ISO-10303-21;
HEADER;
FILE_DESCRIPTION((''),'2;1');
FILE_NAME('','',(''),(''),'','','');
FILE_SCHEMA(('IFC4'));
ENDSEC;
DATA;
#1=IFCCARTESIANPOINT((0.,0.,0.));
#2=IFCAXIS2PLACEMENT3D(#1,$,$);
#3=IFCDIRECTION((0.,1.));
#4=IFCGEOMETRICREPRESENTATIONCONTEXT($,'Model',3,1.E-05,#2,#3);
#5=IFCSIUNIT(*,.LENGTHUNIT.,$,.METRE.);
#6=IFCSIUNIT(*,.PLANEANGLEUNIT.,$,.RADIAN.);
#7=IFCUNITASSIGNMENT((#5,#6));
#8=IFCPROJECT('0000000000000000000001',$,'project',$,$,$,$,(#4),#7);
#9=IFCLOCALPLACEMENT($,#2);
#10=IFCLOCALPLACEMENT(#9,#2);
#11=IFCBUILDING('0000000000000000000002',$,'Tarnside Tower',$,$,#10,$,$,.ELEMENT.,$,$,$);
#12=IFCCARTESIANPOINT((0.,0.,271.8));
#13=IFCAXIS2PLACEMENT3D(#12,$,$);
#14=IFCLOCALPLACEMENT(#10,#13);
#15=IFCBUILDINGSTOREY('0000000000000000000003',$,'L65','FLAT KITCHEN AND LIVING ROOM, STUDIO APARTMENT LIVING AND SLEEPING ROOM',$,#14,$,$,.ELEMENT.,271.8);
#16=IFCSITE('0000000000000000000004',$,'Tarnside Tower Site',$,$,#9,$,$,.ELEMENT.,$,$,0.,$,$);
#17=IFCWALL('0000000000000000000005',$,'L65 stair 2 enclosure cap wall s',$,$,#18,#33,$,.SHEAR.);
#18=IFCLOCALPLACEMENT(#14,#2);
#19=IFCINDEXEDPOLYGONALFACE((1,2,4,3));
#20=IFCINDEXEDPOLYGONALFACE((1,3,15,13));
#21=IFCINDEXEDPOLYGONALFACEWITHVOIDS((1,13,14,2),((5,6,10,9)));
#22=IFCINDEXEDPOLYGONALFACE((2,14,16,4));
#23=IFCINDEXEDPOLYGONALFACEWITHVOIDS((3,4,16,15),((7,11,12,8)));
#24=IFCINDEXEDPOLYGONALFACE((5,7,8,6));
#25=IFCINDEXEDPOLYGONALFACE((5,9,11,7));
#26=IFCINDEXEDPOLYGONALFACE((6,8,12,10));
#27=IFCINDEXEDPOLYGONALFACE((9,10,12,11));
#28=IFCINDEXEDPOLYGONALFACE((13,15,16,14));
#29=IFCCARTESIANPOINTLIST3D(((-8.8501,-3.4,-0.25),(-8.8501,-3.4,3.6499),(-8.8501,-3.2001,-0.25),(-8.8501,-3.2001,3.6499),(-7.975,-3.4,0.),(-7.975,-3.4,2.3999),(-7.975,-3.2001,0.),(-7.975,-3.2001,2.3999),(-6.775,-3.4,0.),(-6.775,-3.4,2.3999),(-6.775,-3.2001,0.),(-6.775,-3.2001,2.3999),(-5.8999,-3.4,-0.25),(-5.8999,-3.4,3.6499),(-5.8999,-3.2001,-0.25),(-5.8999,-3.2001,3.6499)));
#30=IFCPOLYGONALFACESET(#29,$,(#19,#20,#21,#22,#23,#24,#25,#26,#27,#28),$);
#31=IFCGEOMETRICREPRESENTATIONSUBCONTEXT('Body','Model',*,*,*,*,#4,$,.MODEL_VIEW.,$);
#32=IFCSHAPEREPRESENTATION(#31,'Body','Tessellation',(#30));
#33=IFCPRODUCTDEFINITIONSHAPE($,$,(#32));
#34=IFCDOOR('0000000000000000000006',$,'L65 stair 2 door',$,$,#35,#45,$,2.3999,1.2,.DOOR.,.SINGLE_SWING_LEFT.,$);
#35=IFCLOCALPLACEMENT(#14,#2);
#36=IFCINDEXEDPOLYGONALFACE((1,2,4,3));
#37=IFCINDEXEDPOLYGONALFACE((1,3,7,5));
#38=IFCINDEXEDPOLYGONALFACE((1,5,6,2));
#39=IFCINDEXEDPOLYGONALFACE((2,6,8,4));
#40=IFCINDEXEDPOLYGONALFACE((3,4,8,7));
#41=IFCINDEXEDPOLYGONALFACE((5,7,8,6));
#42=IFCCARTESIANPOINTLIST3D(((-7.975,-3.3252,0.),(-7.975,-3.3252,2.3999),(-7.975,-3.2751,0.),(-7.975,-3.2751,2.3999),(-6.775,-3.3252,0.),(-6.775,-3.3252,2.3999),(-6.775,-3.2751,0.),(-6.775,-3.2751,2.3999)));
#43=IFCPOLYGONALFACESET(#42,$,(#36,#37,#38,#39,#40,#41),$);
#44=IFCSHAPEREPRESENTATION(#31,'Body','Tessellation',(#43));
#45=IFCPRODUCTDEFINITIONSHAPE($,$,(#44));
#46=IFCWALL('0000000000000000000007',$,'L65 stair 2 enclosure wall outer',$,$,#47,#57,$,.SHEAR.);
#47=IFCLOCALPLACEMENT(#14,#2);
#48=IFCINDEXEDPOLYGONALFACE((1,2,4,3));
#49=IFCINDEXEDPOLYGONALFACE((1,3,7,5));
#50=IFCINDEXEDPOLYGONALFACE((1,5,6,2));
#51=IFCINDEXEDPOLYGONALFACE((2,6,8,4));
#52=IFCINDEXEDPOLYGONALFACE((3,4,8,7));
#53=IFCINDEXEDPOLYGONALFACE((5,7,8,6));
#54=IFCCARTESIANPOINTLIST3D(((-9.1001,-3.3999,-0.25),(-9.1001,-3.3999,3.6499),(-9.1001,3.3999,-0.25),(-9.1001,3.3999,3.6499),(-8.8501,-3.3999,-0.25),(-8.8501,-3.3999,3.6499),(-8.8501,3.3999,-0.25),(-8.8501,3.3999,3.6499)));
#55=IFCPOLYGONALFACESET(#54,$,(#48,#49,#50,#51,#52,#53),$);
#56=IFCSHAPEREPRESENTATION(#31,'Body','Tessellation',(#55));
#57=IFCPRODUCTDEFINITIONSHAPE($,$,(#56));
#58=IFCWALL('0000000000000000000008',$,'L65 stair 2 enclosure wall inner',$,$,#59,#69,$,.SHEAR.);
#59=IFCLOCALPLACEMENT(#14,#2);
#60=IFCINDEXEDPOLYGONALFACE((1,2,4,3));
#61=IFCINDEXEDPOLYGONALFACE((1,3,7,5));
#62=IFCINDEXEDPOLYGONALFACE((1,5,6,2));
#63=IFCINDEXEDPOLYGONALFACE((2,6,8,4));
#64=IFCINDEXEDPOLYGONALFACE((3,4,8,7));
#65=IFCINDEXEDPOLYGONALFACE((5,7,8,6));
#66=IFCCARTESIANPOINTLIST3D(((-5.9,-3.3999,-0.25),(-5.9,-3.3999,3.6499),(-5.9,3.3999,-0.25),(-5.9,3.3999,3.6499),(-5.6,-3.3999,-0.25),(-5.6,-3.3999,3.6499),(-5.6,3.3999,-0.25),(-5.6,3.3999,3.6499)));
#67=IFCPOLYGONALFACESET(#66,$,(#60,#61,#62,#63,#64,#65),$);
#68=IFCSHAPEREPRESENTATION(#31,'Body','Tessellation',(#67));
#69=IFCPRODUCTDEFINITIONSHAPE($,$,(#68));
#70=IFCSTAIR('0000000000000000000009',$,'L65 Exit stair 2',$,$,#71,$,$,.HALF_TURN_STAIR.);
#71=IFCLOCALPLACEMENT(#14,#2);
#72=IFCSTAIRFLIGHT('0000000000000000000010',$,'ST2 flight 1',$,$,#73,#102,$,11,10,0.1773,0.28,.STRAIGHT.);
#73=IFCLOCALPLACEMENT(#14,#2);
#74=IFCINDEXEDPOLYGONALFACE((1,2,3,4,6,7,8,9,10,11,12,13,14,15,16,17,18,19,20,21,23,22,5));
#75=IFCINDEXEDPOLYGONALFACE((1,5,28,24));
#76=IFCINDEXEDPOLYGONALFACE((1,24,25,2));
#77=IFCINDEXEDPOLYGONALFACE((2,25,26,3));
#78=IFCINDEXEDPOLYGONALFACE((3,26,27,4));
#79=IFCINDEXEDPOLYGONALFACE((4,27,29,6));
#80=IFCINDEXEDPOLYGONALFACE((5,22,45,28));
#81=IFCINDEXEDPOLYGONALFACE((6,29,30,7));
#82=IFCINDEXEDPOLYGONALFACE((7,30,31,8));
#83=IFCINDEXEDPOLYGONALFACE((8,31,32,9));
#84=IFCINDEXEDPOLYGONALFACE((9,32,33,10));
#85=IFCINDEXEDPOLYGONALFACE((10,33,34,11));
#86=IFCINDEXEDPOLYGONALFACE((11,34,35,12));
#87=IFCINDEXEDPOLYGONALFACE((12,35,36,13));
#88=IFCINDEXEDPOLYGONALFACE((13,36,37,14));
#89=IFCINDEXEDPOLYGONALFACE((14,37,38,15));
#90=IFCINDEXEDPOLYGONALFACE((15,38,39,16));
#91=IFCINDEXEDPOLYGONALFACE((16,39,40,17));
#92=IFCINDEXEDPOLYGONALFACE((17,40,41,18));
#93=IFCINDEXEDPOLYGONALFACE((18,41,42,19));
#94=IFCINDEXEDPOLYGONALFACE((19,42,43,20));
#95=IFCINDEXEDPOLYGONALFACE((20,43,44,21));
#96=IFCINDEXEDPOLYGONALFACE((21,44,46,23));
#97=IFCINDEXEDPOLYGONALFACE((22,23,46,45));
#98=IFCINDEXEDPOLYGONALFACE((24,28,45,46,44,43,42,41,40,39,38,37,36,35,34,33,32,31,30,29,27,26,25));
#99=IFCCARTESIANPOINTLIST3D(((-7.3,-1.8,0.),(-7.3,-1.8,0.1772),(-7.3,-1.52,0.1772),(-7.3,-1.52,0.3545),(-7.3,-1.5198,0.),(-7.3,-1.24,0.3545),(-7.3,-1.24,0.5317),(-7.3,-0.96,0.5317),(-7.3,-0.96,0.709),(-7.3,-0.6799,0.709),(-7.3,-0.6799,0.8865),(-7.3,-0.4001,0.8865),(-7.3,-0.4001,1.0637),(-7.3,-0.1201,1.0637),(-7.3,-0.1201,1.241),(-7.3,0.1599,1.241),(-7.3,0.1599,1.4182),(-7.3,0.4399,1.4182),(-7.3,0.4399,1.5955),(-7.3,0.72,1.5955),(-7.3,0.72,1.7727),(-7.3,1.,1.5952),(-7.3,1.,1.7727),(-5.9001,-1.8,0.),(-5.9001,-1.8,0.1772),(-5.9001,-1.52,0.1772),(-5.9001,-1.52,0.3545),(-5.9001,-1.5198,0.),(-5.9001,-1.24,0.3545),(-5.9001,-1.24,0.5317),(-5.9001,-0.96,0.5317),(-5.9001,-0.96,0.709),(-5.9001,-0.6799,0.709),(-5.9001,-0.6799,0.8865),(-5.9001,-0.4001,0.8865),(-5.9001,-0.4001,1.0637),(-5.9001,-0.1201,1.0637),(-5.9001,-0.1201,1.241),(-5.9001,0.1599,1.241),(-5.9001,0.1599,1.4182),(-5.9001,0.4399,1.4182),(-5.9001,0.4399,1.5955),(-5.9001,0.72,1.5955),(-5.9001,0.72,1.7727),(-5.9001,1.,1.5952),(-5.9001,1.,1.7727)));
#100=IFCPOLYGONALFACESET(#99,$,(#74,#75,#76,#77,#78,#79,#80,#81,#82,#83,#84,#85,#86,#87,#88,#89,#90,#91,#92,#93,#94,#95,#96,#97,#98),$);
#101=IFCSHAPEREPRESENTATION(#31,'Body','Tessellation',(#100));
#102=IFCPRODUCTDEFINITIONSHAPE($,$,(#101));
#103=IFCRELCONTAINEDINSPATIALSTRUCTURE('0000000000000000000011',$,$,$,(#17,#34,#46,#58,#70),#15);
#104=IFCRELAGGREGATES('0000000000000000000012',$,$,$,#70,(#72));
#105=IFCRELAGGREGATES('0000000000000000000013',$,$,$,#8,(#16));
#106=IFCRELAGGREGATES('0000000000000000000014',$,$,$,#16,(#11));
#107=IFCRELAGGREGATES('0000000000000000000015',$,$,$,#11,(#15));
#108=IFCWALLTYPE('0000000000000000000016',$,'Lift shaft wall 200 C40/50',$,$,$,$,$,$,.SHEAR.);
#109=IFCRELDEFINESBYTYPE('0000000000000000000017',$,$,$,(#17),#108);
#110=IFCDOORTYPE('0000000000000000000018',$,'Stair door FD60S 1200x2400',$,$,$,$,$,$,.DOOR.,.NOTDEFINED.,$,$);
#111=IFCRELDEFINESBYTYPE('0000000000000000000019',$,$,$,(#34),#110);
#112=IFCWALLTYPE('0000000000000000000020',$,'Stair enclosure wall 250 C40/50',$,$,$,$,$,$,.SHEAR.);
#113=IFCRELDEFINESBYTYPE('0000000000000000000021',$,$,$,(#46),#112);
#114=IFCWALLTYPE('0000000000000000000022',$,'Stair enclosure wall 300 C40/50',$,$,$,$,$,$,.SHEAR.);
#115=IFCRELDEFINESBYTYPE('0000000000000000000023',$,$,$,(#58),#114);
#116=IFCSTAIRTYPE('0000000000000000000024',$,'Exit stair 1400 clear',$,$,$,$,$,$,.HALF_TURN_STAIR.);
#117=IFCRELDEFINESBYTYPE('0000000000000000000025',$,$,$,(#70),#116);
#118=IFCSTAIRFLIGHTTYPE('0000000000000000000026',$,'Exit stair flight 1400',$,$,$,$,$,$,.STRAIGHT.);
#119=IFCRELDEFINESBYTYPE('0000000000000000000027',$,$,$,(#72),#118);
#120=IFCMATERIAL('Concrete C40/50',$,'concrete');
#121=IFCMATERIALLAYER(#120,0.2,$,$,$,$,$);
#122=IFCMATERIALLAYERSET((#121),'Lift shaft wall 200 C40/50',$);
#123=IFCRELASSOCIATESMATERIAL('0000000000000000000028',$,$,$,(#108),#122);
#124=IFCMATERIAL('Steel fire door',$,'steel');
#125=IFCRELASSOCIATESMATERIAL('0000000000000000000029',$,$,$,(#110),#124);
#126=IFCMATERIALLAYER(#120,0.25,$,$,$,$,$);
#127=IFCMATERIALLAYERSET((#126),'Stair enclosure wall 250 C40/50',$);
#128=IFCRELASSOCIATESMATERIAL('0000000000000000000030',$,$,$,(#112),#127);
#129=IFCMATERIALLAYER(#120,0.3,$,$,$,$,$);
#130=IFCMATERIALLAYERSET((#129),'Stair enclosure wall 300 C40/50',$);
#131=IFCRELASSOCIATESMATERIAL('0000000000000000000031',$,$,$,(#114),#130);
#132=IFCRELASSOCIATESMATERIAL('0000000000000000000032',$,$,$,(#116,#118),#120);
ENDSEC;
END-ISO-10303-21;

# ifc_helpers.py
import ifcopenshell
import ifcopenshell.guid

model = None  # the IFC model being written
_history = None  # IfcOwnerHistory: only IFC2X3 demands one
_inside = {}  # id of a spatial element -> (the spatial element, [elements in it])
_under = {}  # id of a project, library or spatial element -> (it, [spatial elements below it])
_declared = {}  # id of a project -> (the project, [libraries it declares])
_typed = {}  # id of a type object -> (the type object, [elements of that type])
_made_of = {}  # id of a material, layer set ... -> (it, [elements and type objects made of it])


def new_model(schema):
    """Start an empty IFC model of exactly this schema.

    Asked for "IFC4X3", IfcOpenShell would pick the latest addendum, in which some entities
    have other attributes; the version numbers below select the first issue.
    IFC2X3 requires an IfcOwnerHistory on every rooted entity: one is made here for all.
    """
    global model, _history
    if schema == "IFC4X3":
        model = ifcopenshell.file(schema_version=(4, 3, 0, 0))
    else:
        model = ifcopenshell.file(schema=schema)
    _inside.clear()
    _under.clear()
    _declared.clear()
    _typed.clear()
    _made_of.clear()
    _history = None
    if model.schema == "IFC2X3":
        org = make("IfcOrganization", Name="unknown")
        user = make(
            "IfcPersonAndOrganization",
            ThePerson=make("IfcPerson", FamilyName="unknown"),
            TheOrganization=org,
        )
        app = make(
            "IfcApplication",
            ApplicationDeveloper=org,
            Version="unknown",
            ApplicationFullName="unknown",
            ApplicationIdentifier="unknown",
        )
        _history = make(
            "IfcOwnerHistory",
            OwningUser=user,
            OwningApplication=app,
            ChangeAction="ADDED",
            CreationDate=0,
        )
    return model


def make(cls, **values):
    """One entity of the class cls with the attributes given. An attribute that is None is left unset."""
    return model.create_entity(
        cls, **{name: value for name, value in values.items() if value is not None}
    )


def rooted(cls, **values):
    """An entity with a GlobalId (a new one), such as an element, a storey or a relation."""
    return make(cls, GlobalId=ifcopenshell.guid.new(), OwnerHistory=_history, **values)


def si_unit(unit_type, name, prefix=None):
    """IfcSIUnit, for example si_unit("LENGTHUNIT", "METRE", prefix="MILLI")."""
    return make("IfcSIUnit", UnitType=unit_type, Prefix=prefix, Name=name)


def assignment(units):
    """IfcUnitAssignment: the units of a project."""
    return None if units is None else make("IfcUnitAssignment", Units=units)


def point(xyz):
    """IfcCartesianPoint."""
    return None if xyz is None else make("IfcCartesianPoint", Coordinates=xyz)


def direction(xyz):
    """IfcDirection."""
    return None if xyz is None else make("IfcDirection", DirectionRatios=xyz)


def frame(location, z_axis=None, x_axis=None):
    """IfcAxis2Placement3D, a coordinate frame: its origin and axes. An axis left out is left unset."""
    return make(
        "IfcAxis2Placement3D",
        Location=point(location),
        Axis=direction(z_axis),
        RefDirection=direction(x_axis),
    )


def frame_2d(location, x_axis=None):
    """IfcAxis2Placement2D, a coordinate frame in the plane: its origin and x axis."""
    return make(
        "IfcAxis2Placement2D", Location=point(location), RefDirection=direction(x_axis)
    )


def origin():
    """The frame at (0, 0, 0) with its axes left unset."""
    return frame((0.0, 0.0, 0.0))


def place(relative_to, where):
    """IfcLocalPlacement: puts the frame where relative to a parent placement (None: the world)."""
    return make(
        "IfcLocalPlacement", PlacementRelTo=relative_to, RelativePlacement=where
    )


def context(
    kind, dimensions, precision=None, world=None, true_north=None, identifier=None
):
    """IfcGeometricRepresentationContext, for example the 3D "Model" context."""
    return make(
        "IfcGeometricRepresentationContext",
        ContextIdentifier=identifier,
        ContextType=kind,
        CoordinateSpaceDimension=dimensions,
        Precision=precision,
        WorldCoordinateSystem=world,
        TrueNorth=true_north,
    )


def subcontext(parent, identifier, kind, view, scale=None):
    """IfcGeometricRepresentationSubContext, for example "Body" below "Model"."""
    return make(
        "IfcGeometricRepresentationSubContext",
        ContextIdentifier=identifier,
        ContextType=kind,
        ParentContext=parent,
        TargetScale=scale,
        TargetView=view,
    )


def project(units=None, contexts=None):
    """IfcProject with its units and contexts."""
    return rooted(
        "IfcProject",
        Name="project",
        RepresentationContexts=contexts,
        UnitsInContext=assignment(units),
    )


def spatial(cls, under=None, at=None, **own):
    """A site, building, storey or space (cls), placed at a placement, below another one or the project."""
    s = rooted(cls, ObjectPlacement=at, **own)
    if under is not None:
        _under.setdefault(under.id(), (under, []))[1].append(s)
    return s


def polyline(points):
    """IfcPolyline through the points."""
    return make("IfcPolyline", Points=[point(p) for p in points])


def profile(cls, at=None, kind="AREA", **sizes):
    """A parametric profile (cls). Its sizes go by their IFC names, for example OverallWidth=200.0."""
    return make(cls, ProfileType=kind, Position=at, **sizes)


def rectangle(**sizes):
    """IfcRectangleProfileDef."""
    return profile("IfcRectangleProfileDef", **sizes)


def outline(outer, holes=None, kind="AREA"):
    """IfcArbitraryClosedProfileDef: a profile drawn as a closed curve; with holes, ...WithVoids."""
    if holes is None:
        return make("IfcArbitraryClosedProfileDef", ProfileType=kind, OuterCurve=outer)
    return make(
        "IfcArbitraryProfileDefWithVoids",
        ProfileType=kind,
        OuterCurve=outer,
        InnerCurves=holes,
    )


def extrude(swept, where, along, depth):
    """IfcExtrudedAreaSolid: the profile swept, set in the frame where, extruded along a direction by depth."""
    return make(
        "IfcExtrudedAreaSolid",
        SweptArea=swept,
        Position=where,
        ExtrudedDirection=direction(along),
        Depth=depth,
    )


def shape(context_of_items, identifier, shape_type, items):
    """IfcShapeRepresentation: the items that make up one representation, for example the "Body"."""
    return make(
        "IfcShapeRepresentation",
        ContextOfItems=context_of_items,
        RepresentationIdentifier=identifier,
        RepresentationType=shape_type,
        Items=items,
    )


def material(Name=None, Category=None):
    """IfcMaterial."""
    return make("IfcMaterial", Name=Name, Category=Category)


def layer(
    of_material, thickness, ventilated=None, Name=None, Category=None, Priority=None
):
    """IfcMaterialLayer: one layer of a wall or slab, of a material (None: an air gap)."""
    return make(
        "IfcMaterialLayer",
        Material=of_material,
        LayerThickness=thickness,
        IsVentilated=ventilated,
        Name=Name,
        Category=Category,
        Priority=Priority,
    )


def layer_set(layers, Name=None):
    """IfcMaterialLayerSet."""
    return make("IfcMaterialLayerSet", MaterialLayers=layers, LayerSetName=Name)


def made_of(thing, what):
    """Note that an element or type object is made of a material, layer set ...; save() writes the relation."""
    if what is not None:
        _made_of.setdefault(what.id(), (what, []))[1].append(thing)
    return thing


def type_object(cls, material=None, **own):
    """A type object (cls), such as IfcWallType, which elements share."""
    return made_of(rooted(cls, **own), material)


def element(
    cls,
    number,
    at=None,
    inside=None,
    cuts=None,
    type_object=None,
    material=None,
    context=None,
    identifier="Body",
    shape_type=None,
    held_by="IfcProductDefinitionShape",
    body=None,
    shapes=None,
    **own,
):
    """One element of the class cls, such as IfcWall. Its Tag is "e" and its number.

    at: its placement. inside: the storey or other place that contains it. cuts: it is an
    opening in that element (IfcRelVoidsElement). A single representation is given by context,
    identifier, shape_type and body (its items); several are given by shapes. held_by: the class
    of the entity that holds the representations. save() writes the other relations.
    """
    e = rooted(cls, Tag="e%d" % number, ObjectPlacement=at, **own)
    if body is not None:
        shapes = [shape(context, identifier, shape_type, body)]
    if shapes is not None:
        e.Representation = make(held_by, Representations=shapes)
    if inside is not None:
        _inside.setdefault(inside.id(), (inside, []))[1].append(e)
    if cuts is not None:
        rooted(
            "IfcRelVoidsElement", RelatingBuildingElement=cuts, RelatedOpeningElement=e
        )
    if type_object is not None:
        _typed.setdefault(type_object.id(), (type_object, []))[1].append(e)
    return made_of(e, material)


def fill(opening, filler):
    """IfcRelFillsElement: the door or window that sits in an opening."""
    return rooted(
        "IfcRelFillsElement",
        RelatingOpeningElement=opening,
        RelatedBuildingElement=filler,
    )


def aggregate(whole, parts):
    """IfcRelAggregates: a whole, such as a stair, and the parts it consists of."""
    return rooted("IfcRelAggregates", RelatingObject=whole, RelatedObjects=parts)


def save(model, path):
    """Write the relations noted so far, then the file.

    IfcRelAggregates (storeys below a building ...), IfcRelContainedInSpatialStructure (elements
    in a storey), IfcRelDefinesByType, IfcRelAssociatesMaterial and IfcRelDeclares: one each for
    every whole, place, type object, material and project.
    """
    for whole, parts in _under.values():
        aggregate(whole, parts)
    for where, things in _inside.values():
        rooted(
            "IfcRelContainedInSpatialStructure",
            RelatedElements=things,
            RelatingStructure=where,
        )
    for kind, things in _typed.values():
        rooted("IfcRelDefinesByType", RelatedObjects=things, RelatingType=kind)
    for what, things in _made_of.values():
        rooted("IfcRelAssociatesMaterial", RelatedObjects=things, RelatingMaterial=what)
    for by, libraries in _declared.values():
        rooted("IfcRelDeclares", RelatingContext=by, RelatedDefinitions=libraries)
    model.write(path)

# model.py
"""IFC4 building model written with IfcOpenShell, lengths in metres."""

from ifc_helpers import new_model, si_unit, direction, frame, frame_2d, origin, place, context, subcontext, project, spatial, polyline, rectangle, outline, extrude, material, layer, layer_set, type_object, element, fill, aggregate, save


model = new_model("IFC4")

# Units and contexts
model_context = context("Model", 3, precision=1e-05, world=origin(), true_north=direction((0.0, 1.0)))
body_context = subcontext(model_context, "Body", "Model", "MODEL_VIEW")
ifc_project = project(units=[si_unit("LENGTHUNIT", "METRE"), si_unit("PLANEANGLEUNIT", "RADIAN")], contexts=[model_context])

# Site, building, storey
site_placement = place(None, origin())
site = spatial("IfcSite", under=ifc_project, at=site_placement, Name="Tarnside Tower Site", CompositionType="ELEMENT", RefElevation=0.0)
building_placement = place(site_placement, origin())
building = spatial("IfcBuilding", under=site, at=building_placement, Name="Tarnside Tower", CompositionType="ELEMENT")
storey_placement = place(building_placement, frame((0.0, 0.0, 271.8)))
storey = spatial("IfcBuildingStorey", under=building, at=storey_placement, Name="L65", Description="FLAT KITCHEN AND LIVING ROOM, STUDIO APARTMENT LIVING AND SLEEPING ROOM", CompositionType="ELEMENT", Elevation=271.8)

# Shared definitions
ifc_material_1 = material(Name="Concrete C40/50", Category="concrete")

# Shared definitions
ifc_material_2 = material(Name="Steel fire door", Category="steel")

# Shared definitions
ifc_layer_1 = layer(ifc_material_1, 0.2)
ifc_layer_set_1 = layer_set([ifc_layer_1], Name="Lift shaft wall 200 C40/50")
wall_type_1 = type_object("IfcWallType", Name="Lift shaft wall 200 C40/50", PredefinedType="SHEAR", material=ifc_layer_set_1)

# Wall, opening, door
wall_1_placement = place(storey_placement, frame((-8.8501, -3.3, -0.25), z_axis=(0.0, 0.0, 1.0), x_axis=(1.0, 0.0, 0.0)))
wall_1 = element("IfcWall", 1, at=wall_1_placement, inside=storey, type_object=wall_type_1, Name="L65 stair 2 enclosure cap wall s", PredefinedType="SHEAR", context=body_context, shape_type="SweptSolid", body=[
    extrude(rectangle(XDim=2.9502, YDim=0.2, at=frame_2d((1.4751, 0.0))), origin(), (0.0, 0.0, 1.0), 3.8999),
])
opening_1_placement = place(wall_1_placement, frame((0.875, 0.0, 0.25)))
opening_1 = element("IfcOpeningElement", 2, at=opening_1_placement, cuts=wall_1, PredefinedType="OPENING", context=body_context, shape_type="SweptSolid", body=[
    extrude(rectangle(XDim=1.2, YDim=2.3999, at=frame_2d((0.6001, 1.2))), frame((0.0, 0.1099, 0.0), z_axis=(0.0, -1.0, 0.0), x_axis=(1.0, 0.0, 0.0)), (0.0, 0.0, 1.0), 0.22),
])
door_type_1 = type_object("IfcDoorType", Name="Stair door FD60S 1200x2400", OperationType="NOTDEFINED", PredefinedType="DOOR", material=ifc_material_2)
door_1_placement = place(opening_1_placement, origin())
door_1 = element("IfcDoor", 3, at=door_1_placement, inside=storey, type_object=door_type_1, Name="L65 stair 2 door", OperationType="SINGLE_SWING_LEFT", OverallHeight=2.3999, OverallWidth=1.2, PredefinedType="DOOR", context=body_context, shape_type="SweptSolid", body=[
    extrude(rectangle(XDim=1.2, YDim=2.3999, at=frame_2d((0.6001, 1.2))), frame((0.0, 0.0249, 0.0), z_axis=(0.0, -1.0, 0.0), x_axis=(1.0, 0.0, 0.0)), (0.0, 0.0, 1.0), 0.05),
])
fill(opening_1, door_1)

# Walls
ifc_layer_2 = layer(ifc_material_1, 0.25)
ifc_layer_set_2 = layer_set([ifc_layer_2], Name="Stair enclosure wall 250 C40/50")
wall_type_2 = type_object("IfcWallType", Name="Stair enclosure wall 250 C40/50", PredefinedType="SHEAR", material=ifc_layer_set_2)
wall_2_placement = place(storey_placement, frame((-8.9751, -3.3999, -0.25), z_axis=(0.0, 0.0, 1.0), x_axis=(0.0, 1.0, 0.0)))
element("IfcWall", 4, at=wall_2_placement, inside=storey, type_object=wall_type_2, Name="L65 stair 2 enclosure wall outer", PredefinedType="SHEAR", context=body_context, shape_type="SweptSolid", body=[
    extrude(rectangle(XDim=6.7998, YDim=0.25, at=frame_2d((3.3999, 0.0))), origin(), (0.0, 0.0, 1.0), 3.8999),
])
ifc_layer_3 = layer(ifc_material_1, 0.3)
ifc_layer_set_3 = layer_set([ifc_layer_3], Name="Stair enclosure wall 300 C40/50")
wall_type_3 = type_object("IfcWallType", Name="Stair enclosure wall 300 C40/50", PredefinedType="SHEAR", material=ifc_layer_set_3)
wall_3_placement = place(storey_placement, frame((-5.75, -3.3999, -0.25), z_axis=(0.0, 0.0, 1.0), x_axis=(0.0, 1.0, 0.0)))
element("IfcWall", 5, at=wall_3_placement, inside=storey, type_object=wall_type_3, Name="L65 stair 2 enclosure wall inner", PredefinedType="SHEAR", context=body_context, shape_type="SweptSolid", body=[
    extrude(rectangle(XDim=6.7998, YDim=0.3, at=frame_2d((3.3999, 0.0))), origin(), (0.0, 0.0, 1.0), 3.8999),
])

# Stair, stair flight
stair_type = type_object("IfcStairType", Name="Exit stair 1400 clear", PredefinedType="HALF_TURN_STAIR", material=ifc_material_1)
stair_placement = place(storey_placement, origin())
stair = element("IfcStair", 6, at=stair_placement, inside=storey, type_object=stair_type, Name="L65 Exit stair 2", PredefinedType="HALF_TURN_STAIR")
stair_flight_type = type_object("IfcStairFlightType", Name="Exit stair flight 1400", PredefinedType="STRAIGHT", material=ifc_material_1)
stair_flight_placement = place(storey_placement, frame((-6.6001, -1.8, 0.0), z_axis=(0.0, 0.0, 1.0), x_axis=(0.0, 1.0, 0.0)))
stair_flight = element("IfcStairFlight", 7, at=stair_flight_placement, type_object=stair_flight_type, Name="ST2 flight 1", NumberOfRisers=11, NumberOfTreads=10, PredefinedType="STRAIGHT", RiserHeight=0.1773, TreadLength=0.28, context=body_context, shape_type="SweptSolid", body=[
    extrude(outline(polyline([(0.0, 0.0), (0.0, 0.1772), (0.28, 0.1772), (0.28, 0.3545), (0.5601, 0.3545), (0.5601, 0.5317), (0.8401, 0.5317), (0.8401, 0.709), (1.1201, 0.709), (1.1201, 0.8865), (1.3999, 0.8865), (1.3999, 1.0637), (1.6799, 1.0637), (1.6799, 1.241), (1.96, 1.241), (1.96, 1.4182), (2.24, 1.4182), (2.24, 1.5955), (2.52, 1.5955), (2.52, 1.7727), (2.8, 1.7727), (2.8, 1.95), (2.8, 1.5952), (0.2803, 0.0), (0.0, 0.0)])), frame((0.0, 0.7, 0.0), z_axis=(0.0, -1.0, 0.0), x_axis=(1.0, 0.0, 0.0)), (0.0, 0.0, 1.0), 1.3999),
])
aggregate(stair, [stair_flight])

save(model, "model.ifc")
